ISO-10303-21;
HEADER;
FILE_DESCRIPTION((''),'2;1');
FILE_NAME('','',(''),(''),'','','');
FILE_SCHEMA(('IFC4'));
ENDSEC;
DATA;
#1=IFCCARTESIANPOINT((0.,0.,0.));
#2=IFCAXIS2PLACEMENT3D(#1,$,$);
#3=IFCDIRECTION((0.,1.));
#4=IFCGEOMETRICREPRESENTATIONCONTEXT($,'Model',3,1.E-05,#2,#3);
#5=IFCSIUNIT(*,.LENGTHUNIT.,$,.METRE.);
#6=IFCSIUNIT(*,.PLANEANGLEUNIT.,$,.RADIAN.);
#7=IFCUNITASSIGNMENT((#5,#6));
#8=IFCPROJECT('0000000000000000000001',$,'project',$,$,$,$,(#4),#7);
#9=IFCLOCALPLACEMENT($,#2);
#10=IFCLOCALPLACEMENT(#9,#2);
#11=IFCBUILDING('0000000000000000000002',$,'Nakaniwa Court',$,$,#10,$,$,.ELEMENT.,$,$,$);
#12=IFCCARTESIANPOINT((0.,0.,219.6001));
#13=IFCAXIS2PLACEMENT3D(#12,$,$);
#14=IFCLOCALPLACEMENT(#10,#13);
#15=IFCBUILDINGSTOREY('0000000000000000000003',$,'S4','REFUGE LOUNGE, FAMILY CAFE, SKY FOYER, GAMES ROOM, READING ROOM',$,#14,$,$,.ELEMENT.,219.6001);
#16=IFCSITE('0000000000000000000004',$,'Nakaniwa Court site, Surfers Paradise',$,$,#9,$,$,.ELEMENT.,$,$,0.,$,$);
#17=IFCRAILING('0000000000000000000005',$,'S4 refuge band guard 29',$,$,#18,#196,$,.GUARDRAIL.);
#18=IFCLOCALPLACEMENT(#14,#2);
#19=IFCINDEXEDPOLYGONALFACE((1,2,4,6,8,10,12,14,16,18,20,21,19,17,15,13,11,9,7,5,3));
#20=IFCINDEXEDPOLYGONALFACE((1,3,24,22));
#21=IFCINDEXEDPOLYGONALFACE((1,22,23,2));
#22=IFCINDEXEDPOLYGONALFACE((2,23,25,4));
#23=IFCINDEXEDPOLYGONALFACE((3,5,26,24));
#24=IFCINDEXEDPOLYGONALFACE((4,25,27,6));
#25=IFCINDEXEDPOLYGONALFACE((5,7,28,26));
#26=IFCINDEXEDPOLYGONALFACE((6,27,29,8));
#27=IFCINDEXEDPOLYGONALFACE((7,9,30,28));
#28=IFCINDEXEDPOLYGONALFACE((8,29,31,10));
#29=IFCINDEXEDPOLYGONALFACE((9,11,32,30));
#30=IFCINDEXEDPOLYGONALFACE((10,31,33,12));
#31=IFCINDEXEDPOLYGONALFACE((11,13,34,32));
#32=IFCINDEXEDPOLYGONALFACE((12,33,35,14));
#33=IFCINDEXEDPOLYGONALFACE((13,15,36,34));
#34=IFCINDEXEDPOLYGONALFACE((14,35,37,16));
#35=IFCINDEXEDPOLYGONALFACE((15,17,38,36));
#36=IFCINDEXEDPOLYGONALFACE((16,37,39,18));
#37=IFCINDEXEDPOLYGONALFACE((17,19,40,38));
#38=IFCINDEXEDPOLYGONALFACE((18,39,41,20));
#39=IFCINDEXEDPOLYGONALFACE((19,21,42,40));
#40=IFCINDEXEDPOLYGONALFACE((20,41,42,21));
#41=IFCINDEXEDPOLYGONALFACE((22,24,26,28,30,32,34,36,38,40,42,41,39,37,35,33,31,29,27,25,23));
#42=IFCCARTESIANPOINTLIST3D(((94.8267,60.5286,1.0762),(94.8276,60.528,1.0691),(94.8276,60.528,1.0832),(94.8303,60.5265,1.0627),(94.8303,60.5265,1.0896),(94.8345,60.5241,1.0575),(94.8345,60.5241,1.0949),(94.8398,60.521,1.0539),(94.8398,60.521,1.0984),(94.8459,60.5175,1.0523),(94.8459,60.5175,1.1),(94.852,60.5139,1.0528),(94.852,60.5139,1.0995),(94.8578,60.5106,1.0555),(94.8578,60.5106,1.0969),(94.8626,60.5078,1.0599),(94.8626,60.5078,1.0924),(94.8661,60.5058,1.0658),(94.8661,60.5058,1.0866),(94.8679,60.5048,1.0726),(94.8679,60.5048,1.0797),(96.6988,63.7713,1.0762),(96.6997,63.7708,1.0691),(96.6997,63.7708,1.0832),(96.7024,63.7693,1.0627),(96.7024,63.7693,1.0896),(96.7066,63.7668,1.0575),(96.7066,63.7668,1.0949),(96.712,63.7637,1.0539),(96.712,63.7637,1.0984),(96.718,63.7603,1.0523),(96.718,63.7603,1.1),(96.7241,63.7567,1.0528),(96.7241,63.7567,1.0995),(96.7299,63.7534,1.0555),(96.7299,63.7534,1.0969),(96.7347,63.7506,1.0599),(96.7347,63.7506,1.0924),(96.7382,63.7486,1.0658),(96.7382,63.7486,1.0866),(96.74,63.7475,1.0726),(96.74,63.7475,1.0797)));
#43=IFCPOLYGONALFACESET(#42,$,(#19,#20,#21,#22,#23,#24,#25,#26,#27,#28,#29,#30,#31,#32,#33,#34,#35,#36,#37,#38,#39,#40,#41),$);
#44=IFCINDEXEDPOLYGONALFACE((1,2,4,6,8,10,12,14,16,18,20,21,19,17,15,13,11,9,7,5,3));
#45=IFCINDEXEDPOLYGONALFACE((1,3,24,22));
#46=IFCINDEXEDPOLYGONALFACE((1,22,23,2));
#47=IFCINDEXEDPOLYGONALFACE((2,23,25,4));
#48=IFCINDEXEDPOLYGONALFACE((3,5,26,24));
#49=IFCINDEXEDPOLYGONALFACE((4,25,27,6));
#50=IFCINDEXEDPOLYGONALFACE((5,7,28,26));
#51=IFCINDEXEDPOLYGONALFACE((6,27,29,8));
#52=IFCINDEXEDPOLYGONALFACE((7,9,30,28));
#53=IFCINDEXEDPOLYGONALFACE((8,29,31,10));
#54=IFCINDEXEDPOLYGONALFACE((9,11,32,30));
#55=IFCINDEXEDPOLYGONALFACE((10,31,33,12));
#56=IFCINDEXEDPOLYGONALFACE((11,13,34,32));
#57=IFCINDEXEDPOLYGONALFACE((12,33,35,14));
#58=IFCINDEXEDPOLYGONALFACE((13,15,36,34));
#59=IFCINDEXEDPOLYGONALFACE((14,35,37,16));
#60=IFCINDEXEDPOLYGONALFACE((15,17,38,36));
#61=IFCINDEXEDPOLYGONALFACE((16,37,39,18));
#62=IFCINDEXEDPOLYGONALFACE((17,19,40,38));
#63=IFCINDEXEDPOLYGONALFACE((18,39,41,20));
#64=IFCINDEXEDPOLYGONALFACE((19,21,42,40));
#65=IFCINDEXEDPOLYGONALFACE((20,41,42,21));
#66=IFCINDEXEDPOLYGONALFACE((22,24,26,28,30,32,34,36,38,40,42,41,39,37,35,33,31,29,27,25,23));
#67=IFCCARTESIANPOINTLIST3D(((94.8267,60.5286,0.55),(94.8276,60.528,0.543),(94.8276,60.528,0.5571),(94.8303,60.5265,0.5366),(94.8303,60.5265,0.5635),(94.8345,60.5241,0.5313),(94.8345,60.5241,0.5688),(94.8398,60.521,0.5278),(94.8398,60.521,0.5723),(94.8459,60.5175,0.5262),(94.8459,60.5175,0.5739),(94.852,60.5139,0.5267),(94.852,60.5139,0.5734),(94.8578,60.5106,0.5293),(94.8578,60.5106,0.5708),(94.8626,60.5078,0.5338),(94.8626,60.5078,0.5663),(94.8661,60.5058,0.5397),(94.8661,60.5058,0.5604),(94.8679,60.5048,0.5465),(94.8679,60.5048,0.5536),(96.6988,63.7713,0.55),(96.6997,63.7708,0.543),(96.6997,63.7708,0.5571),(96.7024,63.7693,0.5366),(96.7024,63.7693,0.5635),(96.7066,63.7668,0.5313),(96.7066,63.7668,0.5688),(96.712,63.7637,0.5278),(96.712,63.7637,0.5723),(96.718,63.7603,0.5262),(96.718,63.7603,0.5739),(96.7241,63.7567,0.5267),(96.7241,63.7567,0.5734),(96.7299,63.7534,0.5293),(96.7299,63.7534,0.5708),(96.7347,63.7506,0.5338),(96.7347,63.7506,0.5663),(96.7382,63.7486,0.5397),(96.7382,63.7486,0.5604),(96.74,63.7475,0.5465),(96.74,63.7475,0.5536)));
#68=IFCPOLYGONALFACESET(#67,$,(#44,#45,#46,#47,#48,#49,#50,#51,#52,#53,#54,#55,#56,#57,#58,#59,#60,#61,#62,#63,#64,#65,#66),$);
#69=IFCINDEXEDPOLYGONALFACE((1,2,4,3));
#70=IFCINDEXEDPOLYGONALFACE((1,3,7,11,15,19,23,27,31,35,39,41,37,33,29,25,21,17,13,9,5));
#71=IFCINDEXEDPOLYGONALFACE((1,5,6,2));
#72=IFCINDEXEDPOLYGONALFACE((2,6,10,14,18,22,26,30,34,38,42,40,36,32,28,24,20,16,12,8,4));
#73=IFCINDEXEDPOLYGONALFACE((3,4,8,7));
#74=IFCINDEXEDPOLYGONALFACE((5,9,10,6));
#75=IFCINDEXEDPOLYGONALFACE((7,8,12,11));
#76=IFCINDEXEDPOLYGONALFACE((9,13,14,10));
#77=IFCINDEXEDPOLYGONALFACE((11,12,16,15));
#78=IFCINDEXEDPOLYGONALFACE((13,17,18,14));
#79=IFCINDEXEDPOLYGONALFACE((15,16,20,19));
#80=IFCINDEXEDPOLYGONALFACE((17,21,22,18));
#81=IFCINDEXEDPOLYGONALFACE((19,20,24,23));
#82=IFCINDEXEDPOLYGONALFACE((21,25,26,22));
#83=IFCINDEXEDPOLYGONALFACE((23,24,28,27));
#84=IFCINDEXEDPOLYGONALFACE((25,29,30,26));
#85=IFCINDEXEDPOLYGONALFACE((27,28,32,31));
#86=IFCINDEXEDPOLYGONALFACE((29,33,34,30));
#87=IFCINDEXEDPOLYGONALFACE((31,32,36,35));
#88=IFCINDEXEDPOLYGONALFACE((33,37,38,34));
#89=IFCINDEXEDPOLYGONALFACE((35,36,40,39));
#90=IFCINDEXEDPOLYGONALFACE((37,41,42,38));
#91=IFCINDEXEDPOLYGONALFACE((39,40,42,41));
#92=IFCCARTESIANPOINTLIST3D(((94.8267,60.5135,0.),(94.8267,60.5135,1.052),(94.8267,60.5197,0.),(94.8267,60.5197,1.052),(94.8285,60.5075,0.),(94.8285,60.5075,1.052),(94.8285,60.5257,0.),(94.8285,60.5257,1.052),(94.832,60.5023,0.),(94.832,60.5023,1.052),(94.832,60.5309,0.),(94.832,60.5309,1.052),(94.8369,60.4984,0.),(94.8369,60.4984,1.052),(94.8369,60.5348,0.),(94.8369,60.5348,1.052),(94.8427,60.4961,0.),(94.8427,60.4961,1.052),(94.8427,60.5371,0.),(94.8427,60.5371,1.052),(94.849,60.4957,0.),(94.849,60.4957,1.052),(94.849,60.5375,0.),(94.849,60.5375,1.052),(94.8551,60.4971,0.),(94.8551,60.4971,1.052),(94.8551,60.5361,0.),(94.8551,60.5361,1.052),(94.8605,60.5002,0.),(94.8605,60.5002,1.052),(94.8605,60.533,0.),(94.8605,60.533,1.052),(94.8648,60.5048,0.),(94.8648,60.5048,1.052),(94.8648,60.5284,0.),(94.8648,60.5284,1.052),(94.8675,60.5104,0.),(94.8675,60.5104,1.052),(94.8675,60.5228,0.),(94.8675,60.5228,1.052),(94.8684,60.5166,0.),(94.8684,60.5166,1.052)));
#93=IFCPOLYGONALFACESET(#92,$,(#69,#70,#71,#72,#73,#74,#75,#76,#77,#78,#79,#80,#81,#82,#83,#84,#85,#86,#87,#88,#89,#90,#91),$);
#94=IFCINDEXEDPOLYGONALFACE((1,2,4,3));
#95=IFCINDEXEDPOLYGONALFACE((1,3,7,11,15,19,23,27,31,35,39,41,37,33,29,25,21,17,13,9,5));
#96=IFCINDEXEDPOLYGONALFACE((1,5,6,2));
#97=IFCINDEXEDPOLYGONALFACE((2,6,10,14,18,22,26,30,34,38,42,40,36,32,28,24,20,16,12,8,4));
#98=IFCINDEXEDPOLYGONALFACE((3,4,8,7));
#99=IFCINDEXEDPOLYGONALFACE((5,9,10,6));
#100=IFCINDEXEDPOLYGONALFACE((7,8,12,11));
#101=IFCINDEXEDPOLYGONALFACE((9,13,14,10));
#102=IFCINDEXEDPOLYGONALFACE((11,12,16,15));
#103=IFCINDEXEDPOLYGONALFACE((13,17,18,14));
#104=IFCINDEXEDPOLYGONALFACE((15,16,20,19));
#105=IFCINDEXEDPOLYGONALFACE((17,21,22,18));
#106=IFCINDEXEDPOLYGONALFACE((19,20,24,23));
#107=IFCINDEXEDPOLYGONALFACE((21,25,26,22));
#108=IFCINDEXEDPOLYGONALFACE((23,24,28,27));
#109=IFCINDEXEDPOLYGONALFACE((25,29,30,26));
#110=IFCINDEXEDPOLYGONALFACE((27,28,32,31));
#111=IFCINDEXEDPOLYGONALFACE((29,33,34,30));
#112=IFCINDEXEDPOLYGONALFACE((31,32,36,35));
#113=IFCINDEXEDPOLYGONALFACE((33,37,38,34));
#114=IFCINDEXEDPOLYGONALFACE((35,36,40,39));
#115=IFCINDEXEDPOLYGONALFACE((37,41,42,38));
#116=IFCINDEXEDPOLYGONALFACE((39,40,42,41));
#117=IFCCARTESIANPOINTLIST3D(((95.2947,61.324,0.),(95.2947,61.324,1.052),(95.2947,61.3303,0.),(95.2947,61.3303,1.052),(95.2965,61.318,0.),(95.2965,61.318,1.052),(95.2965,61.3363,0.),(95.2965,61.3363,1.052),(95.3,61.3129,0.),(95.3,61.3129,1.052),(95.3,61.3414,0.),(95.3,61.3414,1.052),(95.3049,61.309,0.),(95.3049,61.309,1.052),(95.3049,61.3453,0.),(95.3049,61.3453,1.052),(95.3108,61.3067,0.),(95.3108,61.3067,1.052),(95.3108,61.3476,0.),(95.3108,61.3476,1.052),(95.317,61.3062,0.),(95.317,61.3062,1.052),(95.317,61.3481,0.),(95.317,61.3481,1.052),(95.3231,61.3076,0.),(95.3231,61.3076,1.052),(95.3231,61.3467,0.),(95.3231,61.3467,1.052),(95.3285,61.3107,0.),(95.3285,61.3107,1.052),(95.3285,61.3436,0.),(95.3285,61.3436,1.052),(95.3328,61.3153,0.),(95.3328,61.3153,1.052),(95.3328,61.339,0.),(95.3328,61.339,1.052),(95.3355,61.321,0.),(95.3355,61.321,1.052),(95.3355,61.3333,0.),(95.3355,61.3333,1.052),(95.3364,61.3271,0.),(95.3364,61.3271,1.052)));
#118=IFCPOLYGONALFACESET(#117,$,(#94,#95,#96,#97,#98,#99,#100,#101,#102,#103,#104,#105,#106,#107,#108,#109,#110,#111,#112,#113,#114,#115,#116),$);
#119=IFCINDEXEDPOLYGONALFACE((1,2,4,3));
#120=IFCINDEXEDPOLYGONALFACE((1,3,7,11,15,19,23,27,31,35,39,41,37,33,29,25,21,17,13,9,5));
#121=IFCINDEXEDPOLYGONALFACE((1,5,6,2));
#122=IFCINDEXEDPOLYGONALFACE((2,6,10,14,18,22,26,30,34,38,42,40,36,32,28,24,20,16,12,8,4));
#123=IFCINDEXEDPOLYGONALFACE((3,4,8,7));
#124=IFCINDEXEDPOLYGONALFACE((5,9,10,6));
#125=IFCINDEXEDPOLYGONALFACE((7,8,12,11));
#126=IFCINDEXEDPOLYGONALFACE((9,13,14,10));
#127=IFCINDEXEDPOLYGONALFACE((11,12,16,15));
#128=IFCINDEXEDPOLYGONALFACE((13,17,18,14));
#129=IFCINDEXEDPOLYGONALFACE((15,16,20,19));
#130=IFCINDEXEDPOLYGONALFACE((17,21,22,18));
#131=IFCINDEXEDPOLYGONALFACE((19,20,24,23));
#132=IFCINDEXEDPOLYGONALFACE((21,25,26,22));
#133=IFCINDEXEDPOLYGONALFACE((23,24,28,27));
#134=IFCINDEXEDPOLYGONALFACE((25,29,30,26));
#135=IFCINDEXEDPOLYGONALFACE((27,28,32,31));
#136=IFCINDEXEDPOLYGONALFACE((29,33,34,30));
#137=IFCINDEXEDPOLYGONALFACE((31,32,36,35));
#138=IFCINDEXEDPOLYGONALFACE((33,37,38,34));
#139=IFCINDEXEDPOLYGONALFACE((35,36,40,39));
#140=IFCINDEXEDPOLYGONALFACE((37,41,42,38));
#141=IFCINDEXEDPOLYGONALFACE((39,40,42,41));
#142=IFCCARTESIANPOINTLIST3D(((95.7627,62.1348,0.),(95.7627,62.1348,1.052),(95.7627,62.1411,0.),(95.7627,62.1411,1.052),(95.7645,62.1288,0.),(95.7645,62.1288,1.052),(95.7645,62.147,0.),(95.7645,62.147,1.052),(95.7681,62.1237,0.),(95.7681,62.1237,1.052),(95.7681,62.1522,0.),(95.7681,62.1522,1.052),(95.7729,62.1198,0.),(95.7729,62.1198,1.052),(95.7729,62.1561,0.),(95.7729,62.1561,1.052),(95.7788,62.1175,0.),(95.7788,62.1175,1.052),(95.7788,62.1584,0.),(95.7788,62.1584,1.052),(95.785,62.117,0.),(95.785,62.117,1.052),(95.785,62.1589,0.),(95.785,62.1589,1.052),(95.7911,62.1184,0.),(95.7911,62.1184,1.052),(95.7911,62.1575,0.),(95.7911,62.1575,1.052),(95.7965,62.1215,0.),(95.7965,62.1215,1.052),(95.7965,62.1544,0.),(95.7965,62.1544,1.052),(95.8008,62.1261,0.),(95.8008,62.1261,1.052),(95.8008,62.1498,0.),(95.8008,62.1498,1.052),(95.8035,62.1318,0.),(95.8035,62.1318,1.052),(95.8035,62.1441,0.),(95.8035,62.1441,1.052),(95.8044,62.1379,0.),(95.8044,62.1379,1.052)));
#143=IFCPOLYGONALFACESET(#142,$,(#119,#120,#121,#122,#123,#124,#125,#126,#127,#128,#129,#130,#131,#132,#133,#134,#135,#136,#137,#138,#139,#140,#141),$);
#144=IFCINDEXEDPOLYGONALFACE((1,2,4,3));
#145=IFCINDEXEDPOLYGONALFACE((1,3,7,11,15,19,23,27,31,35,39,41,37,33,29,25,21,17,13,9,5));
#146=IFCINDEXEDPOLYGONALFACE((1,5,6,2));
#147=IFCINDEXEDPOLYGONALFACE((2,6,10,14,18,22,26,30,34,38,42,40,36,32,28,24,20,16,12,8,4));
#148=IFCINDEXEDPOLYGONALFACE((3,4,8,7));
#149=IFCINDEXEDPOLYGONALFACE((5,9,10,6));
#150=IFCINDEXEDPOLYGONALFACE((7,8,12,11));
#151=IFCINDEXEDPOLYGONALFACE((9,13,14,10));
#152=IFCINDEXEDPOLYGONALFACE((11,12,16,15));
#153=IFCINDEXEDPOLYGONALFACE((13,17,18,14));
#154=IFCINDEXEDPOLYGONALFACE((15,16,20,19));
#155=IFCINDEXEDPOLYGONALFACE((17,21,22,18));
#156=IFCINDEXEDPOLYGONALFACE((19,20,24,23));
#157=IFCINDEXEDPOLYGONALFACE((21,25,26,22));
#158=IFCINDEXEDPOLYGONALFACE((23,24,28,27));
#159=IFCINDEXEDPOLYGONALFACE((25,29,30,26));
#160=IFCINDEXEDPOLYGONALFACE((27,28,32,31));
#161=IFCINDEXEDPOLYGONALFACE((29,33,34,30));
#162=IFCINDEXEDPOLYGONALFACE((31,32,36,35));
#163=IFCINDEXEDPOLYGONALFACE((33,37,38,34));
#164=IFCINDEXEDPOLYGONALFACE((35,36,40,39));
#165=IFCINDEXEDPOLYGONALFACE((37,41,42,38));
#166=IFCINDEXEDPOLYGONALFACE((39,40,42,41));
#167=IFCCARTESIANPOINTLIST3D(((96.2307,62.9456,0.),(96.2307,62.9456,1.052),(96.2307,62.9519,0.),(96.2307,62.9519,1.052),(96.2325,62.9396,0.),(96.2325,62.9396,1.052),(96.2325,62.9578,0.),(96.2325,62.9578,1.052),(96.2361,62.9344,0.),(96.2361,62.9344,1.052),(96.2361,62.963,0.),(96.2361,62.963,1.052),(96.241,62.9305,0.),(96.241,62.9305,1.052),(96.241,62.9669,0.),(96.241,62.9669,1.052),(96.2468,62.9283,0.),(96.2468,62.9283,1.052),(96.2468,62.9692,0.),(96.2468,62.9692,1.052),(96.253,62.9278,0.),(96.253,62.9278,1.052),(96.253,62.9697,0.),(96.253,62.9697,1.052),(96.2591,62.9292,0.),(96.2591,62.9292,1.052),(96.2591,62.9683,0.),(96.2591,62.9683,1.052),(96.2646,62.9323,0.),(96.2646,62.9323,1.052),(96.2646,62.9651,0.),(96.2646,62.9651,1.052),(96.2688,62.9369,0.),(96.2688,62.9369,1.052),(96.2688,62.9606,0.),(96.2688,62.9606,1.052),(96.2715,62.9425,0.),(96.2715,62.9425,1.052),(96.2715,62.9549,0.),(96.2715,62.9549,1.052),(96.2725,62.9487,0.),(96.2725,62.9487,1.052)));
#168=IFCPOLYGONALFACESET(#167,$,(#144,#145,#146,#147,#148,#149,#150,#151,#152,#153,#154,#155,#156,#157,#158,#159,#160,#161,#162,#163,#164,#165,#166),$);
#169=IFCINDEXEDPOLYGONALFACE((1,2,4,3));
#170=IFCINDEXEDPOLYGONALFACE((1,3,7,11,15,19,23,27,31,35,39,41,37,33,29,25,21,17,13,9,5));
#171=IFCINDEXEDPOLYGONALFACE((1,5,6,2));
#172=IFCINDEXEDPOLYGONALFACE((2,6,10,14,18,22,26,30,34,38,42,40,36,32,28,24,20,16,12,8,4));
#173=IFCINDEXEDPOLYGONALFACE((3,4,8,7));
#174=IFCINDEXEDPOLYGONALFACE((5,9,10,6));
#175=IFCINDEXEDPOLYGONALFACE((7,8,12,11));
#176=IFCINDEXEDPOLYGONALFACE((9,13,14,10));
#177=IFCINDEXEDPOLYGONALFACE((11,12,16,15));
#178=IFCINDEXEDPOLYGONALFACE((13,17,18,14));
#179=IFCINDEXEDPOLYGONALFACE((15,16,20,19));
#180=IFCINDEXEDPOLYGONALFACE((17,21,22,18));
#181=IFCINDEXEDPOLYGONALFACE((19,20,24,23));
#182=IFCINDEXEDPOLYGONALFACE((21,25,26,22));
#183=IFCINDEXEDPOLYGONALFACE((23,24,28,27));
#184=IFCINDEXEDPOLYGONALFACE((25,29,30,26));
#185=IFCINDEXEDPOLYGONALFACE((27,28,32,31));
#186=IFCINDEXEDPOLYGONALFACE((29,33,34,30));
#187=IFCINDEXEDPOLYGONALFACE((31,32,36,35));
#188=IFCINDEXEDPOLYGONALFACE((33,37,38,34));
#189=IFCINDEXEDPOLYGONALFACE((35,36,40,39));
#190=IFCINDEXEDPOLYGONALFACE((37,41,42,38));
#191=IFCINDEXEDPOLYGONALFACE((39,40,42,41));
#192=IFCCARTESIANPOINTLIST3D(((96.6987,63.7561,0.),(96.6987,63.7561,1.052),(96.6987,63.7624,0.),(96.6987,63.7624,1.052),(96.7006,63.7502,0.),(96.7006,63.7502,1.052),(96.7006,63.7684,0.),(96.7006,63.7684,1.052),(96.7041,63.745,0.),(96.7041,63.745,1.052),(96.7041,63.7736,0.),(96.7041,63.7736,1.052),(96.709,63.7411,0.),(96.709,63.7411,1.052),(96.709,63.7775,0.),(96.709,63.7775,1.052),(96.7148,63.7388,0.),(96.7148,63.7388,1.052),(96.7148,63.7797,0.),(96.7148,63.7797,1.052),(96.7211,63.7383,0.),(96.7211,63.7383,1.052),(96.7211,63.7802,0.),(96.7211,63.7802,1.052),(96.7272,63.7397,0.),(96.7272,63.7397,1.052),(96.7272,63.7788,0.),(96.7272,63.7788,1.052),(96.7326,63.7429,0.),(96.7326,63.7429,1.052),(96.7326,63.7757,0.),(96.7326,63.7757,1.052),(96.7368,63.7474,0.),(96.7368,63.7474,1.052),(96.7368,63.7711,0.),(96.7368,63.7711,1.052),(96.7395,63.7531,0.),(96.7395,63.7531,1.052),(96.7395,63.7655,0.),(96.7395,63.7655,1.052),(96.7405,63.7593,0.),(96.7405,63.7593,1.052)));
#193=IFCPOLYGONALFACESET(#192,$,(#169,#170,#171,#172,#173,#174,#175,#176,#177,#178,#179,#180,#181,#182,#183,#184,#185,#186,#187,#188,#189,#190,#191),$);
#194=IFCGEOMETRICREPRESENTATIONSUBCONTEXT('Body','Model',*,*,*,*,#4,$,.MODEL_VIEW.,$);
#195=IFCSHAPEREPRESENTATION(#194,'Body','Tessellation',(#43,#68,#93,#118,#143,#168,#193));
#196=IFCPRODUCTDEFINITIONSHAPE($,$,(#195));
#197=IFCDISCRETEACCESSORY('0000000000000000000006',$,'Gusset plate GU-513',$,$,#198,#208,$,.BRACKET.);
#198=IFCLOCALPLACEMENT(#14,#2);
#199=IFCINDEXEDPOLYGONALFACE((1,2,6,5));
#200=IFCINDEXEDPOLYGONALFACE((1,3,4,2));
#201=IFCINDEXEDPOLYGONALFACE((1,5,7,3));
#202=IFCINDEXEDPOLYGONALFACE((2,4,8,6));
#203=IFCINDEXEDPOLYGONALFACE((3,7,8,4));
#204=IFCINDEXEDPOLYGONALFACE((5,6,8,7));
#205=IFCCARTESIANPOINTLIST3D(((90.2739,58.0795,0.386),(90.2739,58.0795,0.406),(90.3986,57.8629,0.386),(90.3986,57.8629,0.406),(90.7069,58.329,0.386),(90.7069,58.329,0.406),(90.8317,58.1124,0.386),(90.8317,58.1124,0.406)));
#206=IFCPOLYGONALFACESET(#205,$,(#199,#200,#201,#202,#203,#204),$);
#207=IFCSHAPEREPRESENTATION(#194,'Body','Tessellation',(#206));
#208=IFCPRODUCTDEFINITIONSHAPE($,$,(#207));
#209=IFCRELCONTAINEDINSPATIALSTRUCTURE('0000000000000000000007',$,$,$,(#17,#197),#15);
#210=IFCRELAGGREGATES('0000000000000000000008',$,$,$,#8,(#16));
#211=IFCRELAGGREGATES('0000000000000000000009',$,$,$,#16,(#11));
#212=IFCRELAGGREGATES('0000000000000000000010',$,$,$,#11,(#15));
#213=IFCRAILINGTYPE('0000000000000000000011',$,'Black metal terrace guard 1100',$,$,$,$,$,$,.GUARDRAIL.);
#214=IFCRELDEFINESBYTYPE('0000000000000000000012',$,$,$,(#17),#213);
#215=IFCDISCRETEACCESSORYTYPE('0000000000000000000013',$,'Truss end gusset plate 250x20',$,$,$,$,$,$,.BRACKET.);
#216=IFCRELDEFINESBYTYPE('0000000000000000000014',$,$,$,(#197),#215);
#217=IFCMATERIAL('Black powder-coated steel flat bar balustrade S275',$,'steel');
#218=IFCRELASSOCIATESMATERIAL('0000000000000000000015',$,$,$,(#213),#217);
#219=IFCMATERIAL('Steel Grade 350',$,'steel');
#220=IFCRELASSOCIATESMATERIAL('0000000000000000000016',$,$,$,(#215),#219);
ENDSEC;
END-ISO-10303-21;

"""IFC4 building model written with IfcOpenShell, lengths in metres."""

from ifc_helpers import new_model, si_unit, direction, frame, origin, origin_2d, place, context, subcontext, project, spatial, rectangle, circle, extrude, material, material_profile, profile_set, type_object, element, save


model = new_model("IFC4")

# Units and contexts
model_context = context("Model", 3, precision=1e-05, world=origin(), true_north=direction((0.0, 1.0)))
body_context = subcontext(model_context, "Body", "Model", "MODEL_VIEW")
ifc_project = project(units=[si_unit("LENGTHUNIT", "METRE"), si_unit("PLANEANGLEUNIT", "RADIAN")], contexts=[model_context])

# Site, building, storey
site_placement = place(None, origin())
site = spatial("IfcSite", under=ifc_project, at=site_placement, Name="Nakaniwa Court site, Surfers Paradise", CompositionType="ELEMENT", RefElevation=0.0)
building_placement = place(site_placement, origin())
building = spatial("IfcBuilding", under=site, at=building_placement, Name="Nakaniwa Court", CompositionType="ELEMENT")
storey_placement = place(building_placement, frame((0.0, 0.0, 219.6001)))
storey = spatial("IfcBuildingStorey", under=building, at=storey_placement, Name="S4", Description="REFUGE LOUNGE, FAMILY CAFE, SKY FOYER, GAMES ROOM, READING ROOM", CompositionType="ELEMENT", Elevation=219.6001)

# Shared definitions
ifc_material_1 = material(Name="Steel Grade 350", Category="steel")

# Railing
ifc_material_2 = material(Name="Black powder-coated steel flat bar balustrade S275", Category="steel")
railing_type = type_object("IfcRailingType", Name="Black metal terrace guard 1100", PredefinedType="GUARDRAIL", material=ifc_material_2)
railing_1_placement = place(storey_placement, frame((94.8474, 60.5166, 0.0)))
element("IfcRailing", 1, at=railing_1_placement, inside=storey, type_object=railing_type, Name="S4 refuge band guard 29", PredefinedType="GUARDRAIL", context=body_context, shape_type="SweptSolid", body=[
    extrude(circle(Radius=0.0239, at=origin_2d()), frame((0.0, 0.0, 1.0762), z_axis=(0.499982, 0.866036, 0.0), x_axis=(-0.866036, 0.499982, 0.0)), (0.0, 0.0, 1.0), 3.7444),
    extrude(circle(Radius=0.0239, at=origin_2d()), frame((0.0, 0.0, 0.55), z_axis=(0.499982, 0.866036, 0.0), x_axis=(-0.866036, 0.499982, 0.0)), (0.0, 0.0, 1.0), 3.7444),
    extrude(circle(Radius=0.021, at=origin_2d()), origin(), (0.0, 0.0, 1.0), 1.052),
    extrude(circle(Radius=0.021, at=origin_2d()), frame((0.468, 0.8105, 0.0)), (0.0, 0.0, 1.0), 1.052),
    extrude(circle(Radius=0.021, at=origin_2d()), frame((0.936, 1.6213, 0.0)), (0.0, 0.0, 1.0), 1.052),
    extrude(circle(Radius=0.021, at=origin_2d()), frame((1.4041, 2.4321, 0.0)), (0.0, 0.0, 1.0), 1.052),
    extrude(circle(Radius=0.021, at=origin_2d()), frame((1.8721, 3.2427, 0.0)), (0.0, 0.0, 1.0), 1.052),
])

# Discrete accessory
ifc_material_profile_1 = material_profile(ifc_material_1, rectangle(XDim=0.25, YDim=0.02, at=origin_2d()), Name="Truss end gusset plate 250x20")
ifc_profile_set_1 = profile_set([ifc_material_profile_1], Name="Steel Grade 350")
discrete_accessory_type = type_object("IfcDiscreteAccessoryType", Name="Truss end gusset plate 250x20", PredefinedType="BRACKET", material=ifc_profile_set_1)
discrete_accessory_1_placement = place(storey_placement, frame((90.7693, 58.2207, 0.396), z_axis=(-0.866494, -0.499187, 0.0), x_axis=(0.499187, -0.866494, 0.0)))
element("IfcDiscreteAccessory", 2, at=discrete_accessory_1_placement, inside=storey, type_object=discrete_accessory_type, Name="Gusset plate GU-513", PredefinedType="BRACKET", context=body_context, shape_type="SweptSolid", body=[
    extrude(rectangle(XDim=0.25, YDim=0.02, at=origin_2d()), origin(), (0.0, 0.0, 1.0), 0.4998),
])

save(model, "model.ifc")
